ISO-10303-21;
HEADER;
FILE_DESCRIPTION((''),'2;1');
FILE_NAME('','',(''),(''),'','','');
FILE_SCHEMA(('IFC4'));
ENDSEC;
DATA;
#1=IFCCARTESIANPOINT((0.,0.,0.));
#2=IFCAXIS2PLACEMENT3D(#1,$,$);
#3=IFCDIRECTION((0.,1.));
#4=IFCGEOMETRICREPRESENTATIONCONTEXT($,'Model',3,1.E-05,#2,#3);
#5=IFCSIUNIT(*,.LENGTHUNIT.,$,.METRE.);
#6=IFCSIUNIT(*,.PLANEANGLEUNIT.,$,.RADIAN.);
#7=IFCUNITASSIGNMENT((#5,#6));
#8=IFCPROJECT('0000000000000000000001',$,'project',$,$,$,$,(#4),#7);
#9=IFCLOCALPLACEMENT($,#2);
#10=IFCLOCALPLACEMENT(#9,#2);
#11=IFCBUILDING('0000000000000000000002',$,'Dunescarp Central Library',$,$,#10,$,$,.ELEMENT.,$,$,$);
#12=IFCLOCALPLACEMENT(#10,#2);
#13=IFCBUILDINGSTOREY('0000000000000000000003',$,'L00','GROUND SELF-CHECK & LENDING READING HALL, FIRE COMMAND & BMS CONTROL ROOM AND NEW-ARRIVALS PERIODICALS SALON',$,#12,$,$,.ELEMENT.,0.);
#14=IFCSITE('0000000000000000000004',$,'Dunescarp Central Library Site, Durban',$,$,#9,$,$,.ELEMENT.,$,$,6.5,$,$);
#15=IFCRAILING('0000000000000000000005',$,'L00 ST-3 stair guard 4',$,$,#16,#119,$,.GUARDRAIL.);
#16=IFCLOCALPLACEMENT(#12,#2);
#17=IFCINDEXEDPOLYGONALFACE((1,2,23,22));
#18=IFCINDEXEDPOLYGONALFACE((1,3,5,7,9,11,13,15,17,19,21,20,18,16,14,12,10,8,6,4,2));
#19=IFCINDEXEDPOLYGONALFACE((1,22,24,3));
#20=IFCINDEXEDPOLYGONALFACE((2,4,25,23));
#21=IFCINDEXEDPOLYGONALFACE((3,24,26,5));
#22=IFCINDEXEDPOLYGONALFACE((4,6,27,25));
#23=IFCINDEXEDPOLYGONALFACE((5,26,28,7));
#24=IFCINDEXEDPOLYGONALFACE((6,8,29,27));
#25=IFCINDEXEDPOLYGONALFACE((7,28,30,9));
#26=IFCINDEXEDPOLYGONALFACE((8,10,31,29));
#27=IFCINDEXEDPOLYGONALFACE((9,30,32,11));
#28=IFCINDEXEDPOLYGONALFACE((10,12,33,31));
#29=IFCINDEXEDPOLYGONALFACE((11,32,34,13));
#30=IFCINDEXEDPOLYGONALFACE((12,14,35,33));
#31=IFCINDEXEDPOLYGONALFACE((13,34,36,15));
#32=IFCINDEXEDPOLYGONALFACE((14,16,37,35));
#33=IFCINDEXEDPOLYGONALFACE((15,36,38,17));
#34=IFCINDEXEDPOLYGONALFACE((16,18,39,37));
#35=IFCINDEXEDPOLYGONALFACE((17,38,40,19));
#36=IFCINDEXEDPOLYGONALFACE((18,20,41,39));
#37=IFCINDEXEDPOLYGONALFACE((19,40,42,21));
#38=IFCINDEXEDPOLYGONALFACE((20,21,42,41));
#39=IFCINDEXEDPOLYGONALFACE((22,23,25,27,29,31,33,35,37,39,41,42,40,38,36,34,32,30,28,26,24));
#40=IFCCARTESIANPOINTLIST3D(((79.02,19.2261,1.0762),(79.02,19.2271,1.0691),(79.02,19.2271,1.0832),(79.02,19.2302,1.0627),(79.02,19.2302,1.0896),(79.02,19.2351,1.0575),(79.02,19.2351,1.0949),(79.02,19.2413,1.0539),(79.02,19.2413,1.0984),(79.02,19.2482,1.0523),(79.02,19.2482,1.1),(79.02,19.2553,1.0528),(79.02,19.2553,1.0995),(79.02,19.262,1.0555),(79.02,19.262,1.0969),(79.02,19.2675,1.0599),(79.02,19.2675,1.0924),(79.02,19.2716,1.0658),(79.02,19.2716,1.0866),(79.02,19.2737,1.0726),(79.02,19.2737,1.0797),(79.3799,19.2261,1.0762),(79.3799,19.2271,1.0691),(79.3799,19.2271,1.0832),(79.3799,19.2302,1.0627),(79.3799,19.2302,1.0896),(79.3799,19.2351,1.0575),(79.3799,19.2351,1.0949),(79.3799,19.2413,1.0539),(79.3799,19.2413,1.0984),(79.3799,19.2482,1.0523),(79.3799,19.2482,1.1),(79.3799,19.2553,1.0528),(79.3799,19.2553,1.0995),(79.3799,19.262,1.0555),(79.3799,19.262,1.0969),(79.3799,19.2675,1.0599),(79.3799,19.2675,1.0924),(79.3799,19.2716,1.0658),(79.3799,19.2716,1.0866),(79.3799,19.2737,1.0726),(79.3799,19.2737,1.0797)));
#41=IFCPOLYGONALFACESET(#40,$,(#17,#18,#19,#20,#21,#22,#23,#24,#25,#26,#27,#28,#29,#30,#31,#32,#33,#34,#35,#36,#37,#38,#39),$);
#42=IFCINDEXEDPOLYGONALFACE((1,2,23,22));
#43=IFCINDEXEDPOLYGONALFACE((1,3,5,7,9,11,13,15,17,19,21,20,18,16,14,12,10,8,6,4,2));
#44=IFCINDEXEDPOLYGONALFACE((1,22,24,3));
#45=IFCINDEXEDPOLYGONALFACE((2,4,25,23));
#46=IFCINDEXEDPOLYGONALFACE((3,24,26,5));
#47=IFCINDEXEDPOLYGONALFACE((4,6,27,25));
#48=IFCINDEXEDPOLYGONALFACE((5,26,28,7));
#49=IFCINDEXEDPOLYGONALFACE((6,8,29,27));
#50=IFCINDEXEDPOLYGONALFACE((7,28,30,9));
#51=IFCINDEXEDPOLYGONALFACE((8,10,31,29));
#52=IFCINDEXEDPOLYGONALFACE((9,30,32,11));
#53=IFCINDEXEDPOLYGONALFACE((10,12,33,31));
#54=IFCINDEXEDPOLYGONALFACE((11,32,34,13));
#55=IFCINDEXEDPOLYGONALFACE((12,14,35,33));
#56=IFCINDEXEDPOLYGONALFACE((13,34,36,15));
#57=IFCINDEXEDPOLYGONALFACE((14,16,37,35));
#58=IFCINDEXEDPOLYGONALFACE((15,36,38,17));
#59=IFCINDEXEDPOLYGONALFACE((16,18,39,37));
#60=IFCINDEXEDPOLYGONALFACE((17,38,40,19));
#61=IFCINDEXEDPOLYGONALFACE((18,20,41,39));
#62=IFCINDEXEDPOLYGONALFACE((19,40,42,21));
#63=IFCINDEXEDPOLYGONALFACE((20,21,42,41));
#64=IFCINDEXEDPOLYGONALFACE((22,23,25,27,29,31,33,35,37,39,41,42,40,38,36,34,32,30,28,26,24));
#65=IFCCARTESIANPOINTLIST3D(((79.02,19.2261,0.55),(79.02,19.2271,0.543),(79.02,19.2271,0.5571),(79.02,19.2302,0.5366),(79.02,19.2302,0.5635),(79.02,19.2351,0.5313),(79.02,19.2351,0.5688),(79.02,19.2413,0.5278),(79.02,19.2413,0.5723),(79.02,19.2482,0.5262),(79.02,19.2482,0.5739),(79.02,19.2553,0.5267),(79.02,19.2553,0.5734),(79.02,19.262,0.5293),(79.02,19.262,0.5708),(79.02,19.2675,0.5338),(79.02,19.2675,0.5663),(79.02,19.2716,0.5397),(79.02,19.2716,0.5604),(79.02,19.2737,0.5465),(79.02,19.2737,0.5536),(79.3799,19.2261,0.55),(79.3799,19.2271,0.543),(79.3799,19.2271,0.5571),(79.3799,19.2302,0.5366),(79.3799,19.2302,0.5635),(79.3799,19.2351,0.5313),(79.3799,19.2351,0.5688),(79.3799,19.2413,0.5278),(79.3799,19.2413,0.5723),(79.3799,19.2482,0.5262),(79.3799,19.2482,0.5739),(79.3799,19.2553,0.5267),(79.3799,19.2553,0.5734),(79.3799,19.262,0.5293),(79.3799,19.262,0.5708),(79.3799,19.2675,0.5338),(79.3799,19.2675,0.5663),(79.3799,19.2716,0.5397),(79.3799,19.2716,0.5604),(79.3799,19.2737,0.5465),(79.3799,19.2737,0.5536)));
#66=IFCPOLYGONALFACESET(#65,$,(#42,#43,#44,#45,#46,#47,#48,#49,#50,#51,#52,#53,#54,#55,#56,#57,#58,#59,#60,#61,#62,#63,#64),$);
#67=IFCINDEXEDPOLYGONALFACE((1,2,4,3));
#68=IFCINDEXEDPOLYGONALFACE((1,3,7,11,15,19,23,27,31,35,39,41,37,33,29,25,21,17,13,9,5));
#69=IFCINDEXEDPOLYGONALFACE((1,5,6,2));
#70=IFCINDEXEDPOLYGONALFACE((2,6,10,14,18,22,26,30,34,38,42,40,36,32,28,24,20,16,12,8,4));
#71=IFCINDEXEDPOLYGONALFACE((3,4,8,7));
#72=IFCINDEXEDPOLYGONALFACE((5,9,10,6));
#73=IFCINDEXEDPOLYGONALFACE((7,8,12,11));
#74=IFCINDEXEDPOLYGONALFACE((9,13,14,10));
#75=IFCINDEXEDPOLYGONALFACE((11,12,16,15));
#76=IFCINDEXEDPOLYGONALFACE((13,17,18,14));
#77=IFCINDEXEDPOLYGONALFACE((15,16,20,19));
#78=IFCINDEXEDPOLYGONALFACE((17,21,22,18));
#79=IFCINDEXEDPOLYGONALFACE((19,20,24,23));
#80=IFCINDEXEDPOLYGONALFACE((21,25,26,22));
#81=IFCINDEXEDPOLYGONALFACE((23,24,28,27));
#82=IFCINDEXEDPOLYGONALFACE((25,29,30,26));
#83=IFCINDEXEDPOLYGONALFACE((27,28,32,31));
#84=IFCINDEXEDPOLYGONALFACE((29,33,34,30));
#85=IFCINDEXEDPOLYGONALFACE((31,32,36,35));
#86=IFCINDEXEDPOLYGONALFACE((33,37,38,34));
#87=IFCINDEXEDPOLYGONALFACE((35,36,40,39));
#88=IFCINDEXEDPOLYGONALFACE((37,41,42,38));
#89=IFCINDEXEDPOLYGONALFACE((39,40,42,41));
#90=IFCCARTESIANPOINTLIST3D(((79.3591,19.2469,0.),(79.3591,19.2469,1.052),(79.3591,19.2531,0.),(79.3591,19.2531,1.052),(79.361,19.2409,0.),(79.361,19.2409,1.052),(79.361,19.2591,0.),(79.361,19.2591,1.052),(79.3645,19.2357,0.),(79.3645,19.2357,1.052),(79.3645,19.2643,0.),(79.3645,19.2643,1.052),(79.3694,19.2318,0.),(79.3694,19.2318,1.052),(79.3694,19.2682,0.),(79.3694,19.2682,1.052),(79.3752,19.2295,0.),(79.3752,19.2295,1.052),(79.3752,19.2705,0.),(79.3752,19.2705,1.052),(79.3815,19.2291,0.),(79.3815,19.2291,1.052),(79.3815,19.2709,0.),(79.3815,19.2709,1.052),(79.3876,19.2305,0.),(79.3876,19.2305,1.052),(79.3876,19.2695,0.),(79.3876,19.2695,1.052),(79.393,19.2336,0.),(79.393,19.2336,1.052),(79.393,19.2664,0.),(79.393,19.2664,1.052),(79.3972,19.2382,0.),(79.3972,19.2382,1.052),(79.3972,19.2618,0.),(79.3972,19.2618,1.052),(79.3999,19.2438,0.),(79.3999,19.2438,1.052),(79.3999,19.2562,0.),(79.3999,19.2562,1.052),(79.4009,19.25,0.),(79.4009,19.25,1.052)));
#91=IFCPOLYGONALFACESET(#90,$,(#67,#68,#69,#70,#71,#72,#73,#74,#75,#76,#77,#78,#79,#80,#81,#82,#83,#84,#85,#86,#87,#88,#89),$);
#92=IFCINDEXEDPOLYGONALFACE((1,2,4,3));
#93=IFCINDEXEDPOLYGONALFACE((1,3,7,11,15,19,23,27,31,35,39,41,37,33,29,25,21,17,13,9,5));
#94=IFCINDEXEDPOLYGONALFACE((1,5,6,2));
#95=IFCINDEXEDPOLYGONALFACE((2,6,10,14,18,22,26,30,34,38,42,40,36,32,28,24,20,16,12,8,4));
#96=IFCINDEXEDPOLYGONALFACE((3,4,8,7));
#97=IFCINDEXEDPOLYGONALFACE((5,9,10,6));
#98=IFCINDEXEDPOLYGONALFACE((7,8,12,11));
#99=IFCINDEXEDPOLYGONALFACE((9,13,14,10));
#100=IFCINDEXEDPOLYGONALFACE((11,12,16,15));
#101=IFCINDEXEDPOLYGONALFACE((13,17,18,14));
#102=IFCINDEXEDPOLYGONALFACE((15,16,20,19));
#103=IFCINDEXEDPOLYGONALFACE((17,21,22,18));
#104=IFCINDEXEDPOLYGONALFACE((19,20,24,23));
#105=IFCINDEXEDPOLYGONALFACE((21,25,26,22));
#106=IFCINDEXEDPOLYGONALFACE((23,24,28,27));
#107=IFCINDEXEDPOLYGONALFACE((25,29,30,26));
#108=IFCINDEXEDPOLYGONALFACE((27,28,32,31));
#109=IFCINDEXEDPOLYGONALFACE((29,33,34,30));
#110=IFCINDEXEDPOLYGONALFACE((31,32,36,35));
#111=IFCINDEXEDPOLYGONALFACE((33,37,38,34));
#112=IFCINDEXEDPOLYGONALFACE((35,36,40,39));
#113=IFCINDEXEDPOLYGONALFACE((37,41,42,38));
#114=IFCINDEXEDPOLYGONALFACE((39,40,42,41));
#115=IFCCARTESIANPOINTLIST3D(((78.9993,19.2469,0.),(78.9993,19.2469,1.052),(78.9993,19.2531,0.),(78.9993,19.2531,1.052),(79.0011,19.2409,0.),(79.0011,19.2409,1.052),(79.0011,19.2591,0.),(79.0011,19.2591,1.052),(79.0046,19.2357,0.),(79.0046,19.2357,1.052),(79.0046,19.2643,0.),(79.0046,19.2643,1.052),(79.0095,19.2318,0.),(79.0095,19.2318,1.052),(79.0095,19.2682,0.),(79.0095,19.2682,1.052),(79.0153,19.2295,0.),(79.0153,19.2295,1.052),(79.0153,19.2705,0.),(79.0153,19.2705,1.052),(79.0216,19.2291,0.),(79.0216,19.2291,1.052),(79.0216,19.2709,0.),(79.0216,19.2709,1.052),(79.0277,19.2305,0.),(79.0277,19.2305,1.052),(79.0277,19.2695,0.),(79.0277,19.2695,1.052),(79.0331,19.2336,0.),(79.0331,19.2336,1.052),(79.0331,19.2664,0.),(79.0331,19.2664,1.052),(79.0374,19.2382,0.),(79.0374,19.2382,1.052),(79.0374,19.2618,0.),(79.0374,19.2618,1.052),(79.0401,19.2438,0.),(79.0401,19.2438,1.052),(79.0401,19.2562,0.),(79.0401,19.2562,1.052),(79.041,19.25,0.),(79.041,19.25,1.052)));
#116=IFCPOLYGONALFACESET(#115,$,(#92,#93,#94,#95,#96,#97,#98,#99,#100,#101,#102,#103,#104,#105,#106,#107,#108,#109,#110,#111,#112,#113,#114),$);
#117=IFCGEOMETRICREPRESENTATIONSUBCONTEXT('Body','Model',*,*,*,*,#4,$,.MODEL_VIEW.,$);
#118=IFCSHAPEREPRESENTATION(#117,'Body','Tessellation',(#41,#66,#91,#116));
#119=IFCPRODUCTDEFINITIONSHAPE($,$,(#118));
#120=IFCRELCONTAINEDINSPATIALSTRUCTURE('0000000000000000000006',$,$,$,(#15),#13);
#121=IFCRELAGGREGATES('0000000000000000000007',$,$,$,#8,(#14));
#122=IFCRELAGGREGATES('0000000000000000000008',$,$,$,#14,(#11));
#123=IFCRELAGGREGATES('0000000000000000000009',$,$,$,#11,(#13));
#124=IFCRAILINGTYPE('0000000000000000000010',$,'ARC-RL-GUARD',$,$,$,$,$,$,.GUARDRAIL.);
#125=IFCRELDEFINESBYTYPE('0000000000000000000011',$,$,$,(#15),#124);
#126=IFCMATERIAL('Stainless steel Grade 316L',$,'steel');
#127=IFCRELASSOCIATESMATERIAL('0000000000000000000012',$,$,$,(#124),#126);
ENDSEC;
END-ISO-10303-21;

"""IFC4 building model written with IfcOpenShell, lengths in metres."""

from ifc_helpers import new_model, si_unit, direction, frame, origin, origin_2d, place, context, subcontext, project, spatial, circle, extrude, material, type_object, element, save


model = new_model("IFC4")

# Units and contexts
model_context = context("Model", 3, precision=1e-05, world=origin(), true_north=direction((0.0, 1.0)))
body_context = subcontext(model_context, "Body", "Model", "MODEL_VIEW")
ifc_project = project(units=[si_unit("LENGTHUNIT", "METRE"), si_unit("PLANEANGLEUNIT", "RADIAN")], contexts=[model_context])

# Site, building, storey
site_placement = place(None, origin())
site = spatial("IfcSite", under=ifc_project, at=site_placement, Name="Dunescarp Central Library Site, Durban", CompositionType="ELEMENT", RefElevation=6.5)
building_placement = place(site_placement, origin())
building = spatial("IfcBuilding", under=site, at=building_placement, Name="Dunescarp Central Library", CompositionType="ELEMENT")
storey_placement = place(building_placement, origin())
storey = spatial("IfcBuildingStorey", under=building, at=storey_placement, Name="L00", Description="GROUND SELF-CHECK & LENDING READING HALL, FIRE COMMAND & BMS CONTROL ROOM AND NEW-ARRIVALS PERIODICALS SALON", CompositionType="ELEMENT", Elevation=0.0)

# Railing
ifc_material_1 = material(Name="Stainless steel Grade 316L", Category="steel")
railing_type_1 = type_object("IfcRailingType", Name="ARC-RL-GUARD", PredefinedType="GUARDRAIL", material=ifc_material_1)
railing_1_placement = place(storey_placement, frame((79.3799, 19.25, 0.0)))
element("IfcRailing", 1, at=railing_1_placement, inside=storey, type_object=railing_type_1, Name="L00 ST-3 stair guard 4", PredefinedType="GUARDRAIL", context=body_context, shape_type="SweptSolid", body=[
    extrude(circle(Radius=0.0239, at=origin_2d()), frame((0.0, 0.0, 1.0762), z_axis=(-1.0, 0.0, 0.0), x_axis=(0.0, -1.0, 0.0)), (0.0, 0.0, 1.0), 0.3599),
    extrude(circle(Radius=0.0239, at=origin_2d()), frame((0.0, 0.0, 0.55), z_axis=(-1.0, 0.0, 0.0), x_axis=(0.0, -1.0, 0.0)), (0.0, 0.0, 1.0), 0.3599),
    extrude(circle(Radius=0.021, at=origin_2d()), origin(), (0.0, 0.0, 1.0), 1.052),
    extrude(circle(Radius=0.021, at=origin_2d()), frame((-0.3599, 0.0, 0.0)), (0.0, 0.0, 1.0), 1.052),
])

save(model, "model.ifc")
